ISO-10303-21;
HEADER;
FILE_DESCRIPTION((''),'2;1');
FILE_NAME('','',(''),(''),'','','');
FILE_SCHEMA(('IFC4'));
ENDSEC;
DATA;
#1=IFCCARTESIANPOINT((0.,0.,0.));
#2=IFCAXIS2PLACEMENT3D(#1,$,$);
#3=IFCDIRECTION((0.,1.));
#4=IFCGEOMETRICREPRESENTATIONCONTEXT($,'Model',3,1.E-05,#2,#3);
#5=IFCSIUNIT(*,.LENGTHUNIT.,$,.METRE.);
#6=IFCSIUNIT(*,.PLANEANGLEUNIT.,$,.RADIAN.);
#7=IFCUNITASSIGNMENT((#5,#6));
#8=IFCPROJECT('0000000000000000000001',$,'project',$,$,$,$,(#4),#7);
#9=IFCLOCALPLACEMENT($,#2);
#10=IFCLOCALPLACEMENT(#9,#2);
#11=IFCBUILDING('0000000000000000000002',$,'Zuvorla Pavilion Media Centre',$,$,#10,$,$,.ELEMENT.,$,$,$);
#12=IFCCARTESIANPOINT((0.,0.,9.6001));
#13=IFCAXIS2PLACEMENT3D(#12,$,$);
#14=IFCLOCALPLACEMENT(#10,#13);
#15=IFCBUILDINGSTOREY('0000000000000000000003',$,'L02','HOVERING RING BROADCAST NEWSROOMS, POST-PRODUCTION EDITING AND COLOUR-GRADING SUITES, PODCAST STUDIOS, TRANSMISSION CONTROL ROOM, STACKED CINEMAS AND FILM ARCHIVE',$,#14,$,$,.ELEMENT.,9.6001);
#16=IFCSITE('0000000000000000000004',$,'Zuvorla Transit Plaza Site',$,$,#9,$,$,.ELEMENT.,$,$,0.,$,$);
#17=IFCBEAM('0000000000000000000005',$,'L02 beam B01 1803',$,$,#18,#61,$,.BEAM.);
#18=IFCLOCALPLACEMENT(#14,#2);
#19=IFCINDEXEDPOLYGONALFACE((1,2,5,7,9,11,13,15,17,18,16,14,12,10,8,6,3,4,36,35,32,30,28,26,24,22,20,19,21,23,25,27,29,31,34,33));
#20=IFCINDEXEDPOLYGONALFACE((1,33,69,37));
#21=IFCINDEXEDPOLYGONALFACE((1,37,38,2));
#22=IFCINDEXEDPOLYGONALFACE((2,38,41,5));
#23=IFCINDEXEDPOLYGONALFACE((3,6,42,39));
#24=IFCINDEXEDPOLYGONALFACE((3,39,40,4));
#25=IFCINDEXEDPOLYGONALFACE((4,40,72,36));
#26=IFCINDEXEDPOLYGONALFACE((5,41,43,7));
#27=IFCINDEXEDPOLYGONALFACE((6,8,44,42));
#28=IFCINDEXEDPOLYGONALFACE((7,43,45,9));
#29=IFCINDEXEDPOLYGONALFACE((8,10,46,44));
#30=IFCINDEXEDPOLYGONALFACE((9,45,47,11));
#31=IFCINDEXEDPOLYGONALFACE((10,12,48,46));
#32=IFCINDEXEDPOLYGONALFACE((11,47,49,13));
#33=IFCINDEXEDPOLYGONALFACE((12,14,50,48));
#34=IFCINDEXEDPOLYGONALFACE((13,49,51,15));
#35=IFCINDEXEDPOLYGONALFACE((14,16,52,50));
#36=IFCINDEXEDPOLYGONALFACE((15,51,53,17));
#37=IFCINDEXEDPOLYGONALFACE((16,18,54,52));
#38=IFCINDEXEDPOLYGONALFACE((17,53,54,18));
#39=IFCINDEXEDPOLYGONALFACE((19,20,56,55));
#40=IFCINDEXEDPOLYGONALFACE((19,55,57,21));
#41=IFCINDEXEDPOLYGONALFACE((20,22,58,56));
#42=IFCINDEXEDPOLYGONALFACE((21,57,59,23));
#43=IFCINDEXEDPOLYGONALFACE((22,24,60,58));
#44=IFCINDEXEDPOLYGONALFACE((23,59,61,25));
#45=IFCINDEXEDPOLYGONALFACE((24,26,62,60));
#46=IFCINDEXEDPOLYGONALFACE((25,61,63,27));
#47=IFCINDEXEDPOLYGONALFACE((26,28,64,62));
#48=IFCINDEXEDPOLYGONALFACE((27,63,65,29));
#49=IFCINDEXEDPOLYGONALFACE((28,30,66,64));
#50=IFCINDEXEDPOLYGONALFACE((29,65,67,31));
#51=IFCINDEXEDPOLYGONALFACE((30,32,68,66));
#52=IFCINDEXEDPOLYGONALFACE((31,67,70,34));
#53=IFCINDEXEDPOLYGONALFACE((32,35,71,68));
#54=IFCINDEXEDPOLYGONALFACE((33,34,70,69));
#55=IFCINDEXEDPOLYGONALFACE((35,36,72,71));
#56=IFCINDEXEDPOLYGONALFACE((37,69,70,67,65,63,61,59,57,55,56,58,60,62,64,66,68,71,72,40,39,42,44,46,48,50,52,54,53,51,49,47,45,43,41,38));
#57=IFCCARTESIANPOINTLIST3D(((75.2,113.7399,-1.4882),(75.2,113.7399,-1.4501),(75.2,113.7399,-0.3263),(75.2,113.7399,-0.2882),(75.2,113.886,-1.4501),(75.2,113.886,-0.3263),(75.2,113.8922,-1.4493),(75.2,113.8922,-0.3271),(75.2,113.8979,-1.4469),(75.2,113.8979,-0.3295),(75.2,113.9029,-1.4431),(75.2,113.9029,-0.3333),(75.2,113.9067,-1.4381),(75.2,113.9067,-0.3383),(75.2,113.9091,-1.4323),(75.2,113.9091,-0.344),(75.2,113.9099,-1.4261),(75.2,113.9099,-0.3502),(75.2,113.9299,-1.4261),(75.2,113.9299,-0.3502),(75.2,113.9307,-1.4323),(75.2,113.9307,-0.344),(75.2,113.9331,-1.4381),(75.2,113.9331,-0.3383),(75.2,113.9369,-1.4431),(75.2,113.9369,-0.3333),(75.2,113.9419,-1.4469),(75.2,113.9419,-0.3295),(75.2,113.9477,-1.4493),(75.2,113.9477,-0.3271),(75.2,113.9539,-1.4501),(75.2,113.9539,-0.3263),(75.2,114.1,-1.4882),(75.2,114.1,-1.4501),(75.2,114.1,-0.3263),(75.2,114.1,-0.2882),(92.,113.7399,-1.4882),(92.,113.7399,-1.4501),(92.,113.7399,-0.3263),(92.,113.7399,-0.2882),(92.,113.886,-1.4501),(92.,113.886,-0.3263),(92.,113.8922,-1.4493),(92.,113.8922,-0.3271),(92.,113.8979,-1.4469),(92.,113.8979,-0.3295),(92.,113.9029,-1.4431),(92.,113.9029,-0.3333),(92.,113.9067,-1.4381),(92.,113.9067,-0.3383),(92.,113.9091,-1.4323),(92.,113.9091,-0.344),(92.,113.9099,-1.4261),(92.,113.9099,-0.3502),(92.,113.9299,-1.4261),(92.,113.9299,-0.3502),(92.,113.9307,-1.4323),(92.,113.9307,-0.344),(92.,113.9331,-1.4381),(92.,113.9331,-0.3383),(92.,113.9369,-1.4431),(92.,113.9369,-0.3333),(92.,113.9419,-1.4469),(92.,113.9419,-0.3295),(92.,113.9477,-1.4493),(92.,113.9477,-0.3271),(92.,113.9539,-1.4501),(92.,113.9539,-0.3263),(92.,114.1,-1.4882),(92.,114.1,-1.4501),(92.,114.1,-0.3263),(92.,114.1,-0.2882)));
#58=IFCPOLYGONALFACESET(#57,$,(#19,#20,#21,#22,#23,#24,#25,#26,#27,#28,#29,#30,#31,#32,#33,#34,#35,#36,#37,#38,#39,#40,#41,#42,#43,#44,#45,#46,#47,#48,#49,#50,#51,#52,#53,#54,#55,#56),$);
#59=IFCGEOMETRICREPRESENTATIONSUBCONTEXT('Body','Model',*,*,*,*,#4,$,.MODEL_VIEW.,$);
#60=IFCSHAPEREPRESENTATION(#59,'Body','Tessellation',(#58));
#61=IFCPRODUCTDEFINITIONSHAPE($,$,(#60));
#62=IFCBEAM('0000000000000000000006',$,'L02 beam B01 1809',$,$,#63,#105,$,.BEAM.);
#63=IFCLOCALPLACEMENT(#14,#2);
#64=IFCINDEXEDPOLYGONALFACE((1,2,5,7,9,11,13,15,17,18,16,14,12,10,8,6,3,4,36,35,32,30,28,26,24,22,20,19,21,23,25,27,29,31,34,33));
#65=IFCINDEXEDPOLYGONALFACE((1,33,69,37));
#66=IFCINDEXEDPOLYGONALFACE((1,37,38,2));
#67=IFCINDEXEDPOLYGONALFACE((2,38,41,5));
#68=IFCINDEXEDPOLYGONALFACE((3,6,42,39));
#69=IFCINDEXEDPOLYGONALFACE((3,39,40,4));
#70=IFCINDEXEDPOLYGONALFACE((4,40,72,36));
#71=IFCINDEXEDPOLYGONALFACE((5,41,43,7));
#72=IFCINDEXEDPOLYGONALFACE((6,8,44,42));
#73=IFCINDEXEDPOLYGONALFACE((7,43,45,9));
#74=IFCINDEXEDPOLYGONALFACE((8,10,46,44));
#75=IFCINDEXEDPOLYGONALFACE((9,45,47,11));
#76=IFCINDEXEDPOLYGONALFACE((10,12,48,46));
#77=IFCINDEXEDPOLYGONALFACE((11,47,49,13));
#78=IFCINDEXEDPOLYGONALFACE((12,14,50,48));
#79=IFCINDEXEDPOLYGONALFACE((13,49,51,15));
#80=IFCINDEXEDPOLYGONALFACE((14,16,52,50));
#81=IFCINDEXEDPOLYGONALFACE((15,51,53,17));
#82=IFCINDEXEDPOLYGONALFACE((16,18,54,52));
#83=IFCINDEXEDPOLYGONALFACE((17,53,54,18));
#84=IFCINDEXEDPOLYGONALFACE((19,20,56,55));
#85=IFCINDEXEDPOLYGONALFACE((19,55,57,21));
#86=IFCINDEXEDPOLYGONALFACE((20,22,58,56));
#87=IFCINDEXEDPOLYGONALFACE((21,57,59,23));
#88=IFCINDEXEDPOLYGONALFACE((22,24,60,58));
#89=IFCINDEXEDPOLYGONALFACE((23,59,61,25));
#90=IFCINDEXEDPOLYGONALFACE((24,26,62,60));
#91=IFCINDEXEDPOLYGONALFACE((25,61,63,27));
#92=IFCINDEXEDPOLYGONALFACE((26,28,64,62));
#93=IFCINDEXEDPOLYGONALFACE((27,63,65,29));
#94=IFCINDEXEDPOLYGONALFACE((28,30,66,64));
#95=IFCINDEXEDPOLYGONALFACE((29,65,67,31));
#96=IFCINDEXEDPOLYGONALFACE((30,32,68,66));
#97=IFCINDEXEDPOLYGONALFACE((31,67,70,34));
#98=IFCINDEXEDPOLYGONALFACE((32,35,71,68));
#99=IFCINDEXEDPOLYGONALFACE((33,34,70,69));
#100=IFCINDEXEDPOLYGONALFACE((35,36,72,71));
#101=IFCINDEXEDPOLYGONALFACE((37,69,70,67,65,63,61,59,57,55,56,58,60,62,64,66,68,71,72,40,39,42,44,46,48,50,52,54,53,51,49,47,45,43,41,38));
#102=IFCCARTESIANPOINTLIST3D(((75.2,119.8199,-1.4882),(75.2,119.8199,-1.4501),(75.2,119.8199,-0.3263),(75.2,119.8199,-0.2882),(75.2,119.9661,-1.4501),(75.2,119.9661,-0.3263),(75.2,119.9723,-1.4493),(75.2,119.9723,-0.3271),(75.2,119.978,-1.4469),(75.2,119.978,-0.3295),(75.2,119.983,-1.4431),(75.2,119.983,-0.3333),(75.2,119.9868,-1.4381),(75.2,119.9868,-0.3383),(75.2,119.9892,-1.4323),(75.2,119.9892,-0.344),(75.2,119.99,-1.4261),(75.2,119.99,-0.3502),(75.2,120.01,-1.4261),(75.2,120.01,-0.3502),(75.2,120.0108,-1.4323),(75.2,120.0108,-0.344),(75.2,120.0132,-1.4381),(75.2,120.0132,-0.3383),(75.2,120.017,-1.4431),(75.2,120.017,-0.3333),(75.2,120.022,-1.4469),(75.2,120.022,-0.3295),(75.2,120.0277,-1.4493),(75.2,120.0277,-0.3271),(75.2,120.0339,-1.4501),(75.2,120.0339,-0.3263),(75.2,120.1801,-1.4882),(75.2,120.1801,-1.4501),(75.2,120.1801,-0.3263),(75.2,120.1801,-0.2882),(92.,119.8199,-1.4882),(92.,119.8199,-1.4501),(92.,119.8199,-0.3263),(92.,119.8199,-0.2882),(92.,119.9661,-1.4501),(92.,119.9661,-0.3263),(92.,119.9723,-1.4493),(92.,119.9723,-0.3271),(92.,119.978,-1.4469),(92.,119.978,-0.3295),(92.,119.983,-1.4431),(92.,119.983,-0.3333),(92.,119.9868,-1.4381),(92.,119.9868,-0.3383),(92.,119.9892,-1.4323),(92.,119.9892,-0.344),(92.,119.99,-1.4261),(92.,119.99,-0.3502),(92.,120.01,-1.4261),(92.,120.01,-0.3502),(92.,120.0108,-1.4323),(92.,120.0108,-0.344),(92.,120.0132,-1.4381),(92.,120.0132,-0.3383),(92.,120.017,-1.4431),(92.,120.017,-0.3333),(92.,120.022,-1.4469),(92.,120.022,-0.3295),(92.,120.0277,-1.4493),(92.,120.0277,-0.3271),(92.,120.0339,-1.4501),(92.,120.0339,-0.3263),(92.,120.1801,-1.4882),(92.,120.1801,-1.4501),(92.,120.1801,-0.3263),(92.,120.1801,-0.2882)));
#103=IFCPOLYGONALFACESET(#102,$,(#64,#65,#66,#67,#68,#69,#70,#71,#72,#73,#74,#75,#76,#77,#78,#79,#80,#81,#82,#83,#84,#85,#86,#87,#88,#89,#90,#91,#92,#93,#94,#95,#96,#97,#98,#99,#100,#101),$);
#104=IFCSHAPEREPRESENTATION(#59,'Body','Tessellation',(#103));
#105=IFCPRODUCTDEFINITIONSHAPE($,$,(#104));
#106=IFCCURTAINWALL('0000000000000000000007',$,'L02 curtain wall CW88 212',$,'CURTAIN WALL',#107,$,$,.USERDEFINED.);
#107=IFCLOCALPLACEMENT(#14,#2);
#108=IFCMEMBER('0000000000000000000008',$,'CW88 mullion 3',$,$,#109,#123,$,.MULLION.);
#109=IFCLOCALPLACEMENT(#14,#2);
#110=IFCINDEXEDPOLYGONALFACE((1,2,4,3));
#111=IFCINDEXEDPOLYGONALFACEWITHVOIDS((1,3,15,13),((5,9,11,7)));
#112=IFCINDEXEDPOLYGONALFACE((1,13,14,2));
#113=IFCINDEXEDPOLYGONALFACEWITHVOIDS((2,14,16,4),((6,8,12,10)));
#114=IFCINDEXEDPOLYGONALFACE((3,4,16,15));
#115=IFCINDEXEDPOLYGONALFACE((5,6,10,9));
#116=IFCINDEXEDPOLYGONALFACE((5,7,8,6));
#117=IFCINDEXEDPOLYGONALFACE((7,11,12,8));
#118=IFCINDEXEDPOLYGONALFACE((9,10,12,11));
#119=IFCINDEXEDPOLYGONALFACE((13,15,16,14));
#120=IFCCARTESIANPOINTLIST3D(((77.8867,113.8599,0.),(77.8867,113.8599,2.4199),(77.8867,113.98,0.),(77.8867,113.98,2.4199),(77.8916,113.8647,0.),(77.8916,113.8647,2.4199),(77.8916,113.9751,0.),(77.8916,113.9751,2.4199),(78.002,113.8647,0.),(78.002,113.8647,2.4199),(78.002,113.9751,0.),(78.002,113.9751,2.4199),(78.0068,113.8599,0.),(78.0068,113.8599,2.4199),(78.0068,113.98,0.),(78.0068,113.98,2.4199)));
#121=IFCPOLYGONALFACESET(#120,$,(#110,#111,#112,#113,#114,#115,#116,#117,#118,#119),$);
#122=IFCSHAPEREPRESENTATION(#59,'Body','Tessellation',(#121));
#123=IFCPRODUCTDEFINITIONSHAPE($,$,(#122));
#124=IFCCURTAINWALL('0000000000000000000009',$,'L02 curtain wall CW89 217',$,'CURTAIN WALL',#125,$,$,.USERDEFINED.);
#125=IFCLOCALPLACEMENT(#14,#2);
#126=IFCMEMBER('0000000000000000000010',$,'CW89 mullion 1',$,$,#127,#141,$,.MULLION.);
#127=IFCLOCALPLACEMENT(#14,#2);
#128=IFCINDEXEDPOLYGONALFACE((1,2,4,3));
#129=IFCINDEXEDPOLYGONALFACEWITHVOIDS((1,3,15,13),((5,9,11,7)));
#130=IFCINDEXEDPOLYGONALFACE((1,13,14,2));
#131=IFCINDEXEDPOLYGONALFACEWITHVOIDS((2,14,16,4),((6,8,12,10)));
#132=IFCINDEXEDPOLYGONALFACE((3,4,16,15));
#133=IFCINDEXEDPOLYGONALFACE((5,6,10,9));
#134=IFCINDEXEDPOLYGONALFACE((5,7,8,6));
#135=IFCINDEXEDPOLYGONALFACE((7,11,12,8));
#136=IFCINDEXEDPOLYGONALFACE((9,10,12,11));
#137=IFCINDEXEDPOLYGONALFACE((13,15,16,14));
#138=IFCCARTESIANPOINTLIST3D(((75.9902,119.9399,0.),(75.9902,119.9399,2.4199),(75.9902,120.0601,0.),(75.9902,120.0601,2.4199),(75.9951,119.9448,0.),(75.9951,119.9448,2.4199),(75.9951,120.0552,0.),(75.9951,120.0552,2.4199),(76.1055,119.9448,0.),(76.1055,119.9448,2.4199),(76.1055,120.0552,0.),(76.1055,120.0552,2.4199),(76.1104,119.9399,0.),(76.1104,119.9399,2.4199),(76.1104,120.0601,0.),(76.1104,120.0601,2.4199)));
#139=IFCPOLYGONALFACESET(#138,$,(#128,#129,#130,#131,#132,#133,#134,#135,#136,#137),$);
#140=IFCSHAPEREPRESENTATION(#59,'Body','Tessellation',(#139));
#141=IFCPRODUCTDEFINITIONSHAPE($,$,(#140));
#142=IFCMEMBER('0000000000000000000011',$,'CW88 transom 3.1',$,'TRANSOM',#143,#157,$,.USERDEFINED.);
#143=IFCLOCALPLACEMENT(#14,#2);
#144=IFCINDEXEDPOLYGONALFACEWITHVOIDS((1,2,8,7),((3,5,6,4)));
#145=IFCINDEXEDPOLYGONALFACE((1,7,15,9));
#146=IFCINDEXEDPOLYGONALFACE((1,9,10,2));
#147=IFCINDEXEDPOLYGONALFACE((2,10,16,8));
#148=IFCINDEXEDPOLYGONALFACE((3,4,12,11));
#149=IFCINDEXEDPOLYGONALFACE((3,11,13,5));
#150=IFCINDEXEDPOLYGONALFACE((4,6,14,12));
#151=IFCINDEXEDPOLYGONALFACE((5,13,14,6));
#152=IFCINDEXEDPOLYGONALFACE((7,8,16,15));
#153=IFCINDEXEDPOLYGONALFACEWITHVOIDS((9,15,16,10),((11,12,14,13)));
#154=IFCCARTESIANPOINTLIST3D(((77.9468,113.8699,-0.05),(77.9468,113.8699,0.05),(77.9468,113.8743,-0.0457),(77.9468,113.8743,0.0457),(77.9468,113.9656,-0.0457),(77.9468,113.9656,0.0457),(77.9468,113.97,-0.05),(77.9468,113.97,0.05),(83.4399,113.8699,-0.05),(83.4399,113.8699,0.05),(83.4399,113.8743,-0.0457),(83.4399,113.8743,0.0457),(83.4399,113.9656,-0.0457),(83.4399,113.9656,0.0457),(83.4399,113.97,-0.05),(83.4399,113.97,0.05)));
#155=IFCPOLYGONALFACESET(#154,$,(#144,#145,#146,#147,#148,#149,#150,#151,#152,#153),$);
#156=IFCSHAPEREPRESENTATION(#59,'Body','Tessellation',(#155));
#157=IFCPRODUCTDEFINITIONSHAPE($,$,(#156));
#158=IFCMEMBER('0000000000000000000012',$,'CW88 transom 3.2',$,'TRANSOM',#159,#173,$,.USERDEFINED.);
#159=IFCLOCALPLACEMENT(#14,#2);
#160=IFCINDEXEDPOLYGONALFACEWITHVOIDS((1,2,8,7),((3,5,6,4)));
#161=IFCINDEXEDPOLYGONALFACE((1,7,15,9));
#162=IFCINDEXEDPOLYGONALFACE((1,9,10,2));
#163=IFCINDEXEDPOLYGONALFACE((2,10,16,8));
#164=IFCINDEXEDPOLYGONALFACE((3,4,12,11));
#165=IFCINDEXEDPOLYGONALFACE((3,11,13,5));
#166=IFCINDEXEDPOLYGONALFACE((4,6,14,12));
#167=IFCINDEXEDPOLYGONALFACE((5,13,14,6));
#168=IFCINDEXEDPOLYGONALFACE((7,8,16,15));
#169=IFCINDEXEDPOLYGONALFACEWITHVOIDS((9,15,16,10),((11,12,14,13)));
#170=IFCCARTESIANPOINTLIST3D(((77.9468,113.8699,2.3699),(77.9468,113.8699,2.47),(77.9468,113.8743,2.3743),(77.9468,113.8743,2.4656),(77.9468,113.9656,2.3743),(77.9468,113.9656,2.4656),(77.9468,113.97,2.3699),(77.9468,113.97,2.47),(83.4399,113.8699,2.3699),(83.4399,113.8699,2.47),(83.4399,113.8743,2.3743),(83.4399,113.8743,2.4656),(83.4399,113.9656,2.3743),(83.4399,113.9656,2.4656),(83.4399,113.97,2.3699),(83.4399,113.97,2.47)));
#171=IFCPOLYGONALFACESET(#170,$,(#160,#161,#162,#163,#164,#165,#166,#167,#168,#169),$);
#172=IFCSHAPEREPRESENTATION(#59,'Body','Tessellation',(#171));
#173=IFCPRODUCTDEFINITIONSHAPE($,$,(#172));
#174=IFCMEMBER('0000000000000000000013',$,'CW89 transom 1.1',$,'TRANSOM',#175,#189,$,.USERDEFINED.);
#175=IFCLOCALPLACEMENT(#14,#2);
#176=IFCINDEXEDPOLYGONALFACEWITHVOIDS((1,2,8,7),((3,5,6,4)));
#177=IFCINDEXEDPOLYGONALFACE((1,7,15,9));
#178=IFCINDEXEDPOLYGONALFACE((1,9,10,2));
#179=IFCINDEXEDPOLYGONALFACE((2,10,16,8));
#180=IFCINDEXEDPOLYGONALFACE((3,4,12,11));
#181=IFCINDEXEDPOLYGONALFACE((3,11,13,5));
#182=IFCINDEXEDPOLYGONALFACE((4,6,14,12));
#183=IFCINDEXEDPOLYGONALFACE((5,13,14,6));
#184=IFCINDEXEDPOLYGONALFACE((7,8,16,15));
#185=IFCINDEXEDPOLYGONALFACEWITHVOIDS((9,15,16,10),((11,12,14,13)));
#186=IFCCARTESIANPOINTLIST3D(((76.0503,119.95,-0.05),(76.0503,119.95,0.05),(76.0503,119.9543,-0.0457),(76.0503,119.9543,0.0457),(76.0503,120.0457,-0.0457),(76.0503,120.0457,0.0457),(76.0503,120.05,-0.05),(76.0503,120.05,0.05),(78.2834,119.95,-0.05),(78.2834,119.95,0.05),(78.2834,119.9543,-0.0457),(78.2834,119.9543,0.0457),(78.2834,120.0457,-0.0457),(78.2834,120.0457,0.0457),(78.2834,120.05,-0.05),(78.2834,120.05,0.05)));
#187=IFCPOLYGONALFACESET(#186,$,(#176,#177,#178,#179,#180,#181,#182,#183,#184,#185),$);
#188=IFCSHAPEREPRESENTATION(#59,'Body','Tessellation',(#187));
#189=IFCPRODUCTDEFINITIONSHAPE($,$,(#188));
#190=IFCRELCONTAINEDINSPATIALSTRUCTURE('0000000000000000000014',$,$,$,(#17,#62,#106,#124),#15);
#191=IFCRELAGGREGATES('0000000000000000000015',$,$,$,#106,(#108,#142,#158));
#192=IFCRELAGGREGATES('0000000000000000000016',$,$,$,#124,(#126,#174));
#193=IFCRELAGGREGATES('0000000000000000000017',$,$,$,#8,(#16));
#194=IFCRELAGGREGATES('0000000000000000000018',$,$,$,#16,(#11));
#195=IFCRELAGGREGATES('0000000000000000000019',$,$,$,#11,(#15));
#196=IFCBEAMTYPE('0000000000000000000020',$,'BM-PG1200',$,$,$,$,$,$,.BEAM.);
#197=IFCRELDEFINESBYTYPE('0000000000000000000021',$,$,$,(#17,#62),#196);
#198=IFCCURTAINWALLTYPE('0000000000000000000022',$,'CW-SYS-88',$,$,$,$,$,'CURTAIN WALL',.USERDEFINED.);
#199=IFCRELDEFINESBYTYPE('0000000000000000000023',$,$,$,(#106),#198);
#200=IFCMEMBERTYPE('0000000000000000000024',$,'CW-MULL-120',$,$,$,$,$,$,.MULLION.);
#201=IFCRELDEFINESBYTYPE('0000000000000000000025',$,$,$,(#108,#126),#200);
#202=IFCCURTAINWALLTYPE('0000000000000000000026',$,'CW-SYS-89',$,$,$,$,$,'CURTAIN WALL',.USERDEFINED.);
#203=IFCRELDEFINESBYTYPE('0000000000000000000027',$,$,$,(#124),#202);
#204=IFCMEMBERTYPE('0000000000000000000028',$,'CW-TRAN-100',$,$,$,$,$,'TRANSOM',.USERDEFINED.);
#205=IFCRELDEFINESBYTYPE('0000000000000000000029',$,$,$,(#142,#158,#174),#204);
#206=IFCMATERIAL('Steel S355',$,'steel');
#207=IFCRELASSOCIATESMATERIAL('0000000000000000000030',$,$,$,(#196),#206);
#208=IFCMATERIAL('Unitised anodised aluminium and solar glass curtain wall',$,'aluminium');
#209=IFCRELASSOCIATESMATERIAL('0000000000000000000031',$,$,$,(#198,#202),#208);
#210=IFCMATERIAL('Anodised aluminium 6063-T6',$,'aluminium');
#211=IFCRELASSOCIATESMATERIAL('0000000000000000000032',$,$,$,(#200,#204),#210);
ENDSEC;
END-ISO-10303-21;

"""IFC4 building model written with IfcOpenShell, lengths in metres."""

from ifc_helpers import new_model, si_unit, direction, frame, origin, origin_2d, place, context, subcontext, project, spatial, hollow_rectangle, i_section, extrude, material, material_profile, profile_set, type_object, element, aggregate, save


model = new_model("IFC4")

# Units and contexts
model_context = context("Model", 3, precision=1e-05, world=origin(), true_north=direction((0.0, 1.0)))
body_context = subcontext(model_context, "Body", "Model", "MODEL_VIEW")
ifc_project = project(units=[si_unit("LENGTHUNIT", "METRE"), si_unit("PLANEANGLEUNIT", "RADIAN")], contexts=[model_context])

# Site, building, storey
site_placement = place(None, origin())
site = spatial("IfcSite", under=ifc_project, at=site_placement, Name="Zuvorla Transit Plaza Site", CompositionType="ELEMENT", RefElevation=0.0)
building_placement = place(site_placement, origin())
building = spatial("IfcBuilding", under=site, at=building_placement, Name="Zuvorla Pavilion Media Centre", CompositionType="ELEMENT")
storey_placement = place(building_placement, frame((0.0, 0.0, 9.6001)))
storey = spatial("IfcBuildingStorey", under=building, at=storey_placement, Name="L02", Description="HOVERING RING BROADCAST NEWSROOMS, POST-PRODUCTION EDITING AND COLOUR-GRADING SUITES, PODCAST STUDIOS, TRANSMISSION CONTROL ROOM, STACKED CINEMAS AND FILM ARCHIVE", CompositionType="ELEMENT", Elevation=9.6001)

# Beams
ifc_material_1 = material(Name="Steel S355", Category="steel")
ifc_material_profile_1 = material_profile(ifc_material_1, i_section(OverallWidth=0.3601, OverallDepth=1.2, WebThickness=0.02, FlangeThickness=0.0381, FilletRadius=0.0239, at=origin_2d()), Name="PG 1200x360x38")
ifc_profile_set_1 = profile_set([ifc_material_profile_1], Name="Steel S355")
beam_type = type_object("IfcBeamType", Name="BM-PG1200", PredefinedType="BEAM", material=ifc_profile_set_1)
for number, where, z_axis, x_axis, name in (
    (1, (75.2, 113.9199, -0.8882), (1.0, 0.0, 0.0), (0.0, 1.0, 0.0), "L02 beam B01 1803"),
    (2, (75.2, 120.0, -0.8882), (1.0, 0.0, 0.0), (0.0, 1.0, 0.0), "L02 beam B01 1809"),
):
    element("IfcBeam", number, at=place(storey_placement, frame(where, z_axis=z_axis, x_axis=x_axis)), inside=storey, type_object=beam_type, Name=name, PredefinedType="BEAM", context=body_context, shape_type="SweptSolid", body=[
        extrude(i_section(OverallWidth=0.3601, OverallDepth=1.2, WebThickness=0.02, FlangeThickness=0.0381, FilletRadius=0.0239, at=origin_2d()), origin(), (0.0, 0.0, 1.0), 16.8),
    ])

# Curtain walls, members
ifc_material_2 = material(Name="Unitised anodised aluminium and solar glass curtain wall", Category="aluminium")
curtain_wall_type_1 = type_object("IfcCurtainWallType", Name="CW-SYS-88", ElementType="CURTAIN WALL", PredefinedType="USERDEFINED", material=ifc_material_2)
curtain_wall_1_placement = place(storey_placement, origin())
curtain_wall_1 = element("IfcCurtainWall", 3, at=curtain_wall_1_placement, inside=storey, type_object=curtain_wall_type_1, Name="L02 curtain wall CW88 212", ObjectType="CURTAIN WALL", PredefinedType="USERDEFINED")
ifc_material_3 = material(Name="Anodised aluminium 6063-T6", Category="aluminium")
ifc_material_profile_2 = material_profile(ifc_material_3, hollow_rectangle(XDim=0.1201, YDim=0.1201, WallThickness=0.0049, at=origin_2d()), Name="ALU MULL 120x120")
ifc_profile_set_2 = profile_set([ifc_material_profile_2], Name="Anodised aluminium 6063-T6")
member_type_1 = type_object("IfcMemberType", Name="CW-MULL-120", PredefinedType="MULLION", material=ifc_profile_set_2)
member_1_placement = place(storey_placement, frame((77.9468, 113.9199, 0.0), z_axis=(0.0, 0.0, 1.0), x_axis=(1.0, 0.0, 0.0)))
member_1 = element("IfcMember", 4, at=member_1_placement, type_object=member_type_1, Name="CW88 mullion 3", PredefinedType="MULLION", context=body_context, shape_type="SweptSolid", body=[
    extrude(hollow_rectangle(XDim=0.1201, YDim=0.1201, WallThickness=0.0049, at=origin_2d()), origin(), (0.0, 0.0, 1.0), 2.4199),
])
curtain_wall_type_2 = type_object("IfcCurtainWallType", Name="CW-SYS-89", ElementType="CURTAIN WALL", PredefinedType="USERDEFINED", material=ifc_material_2)
curtain_wall_2_placement = place(storey_placement, origin())
curtain_wall_2 = element("IfcCurtainWall", 5, at=curtain_wall_2_placement, inside=storey, type_object=curtain_wall_type_2, Name="L02 curtain wall CW89 217", ObjectType="CURTAIN WALL", PredefinedType="USERDEFINED")
member_2_placement = place(storey_placement, frame((76.0503, 120.0, 0.0), z_axis=(0.0, 0.0, 1.0), x_axis=(1.0, 0.0, 0.0)))
member_2 = element("IfcMember", 6, at=member_2_placement, type_object=member_type_1, Name="CW89 mullion 1", PredefinedType="MULLION", context=body_context, shape_type="SweptSolid", body=[
    extrude(hollow_rectangle(XDim=0.1201, YDim=0.1201, WallThickness=0.0049, at=origin_2d()), origin(), (0.0, 0.0, 1.0), 2.4199),
])

# Members
ifc_material_profile_3 = material_profile(ifc_material_3, hollow_rectangle(XDim=0.1001, YDim=0.1001, WallThickness=0.0044, at=origin_2d()), Name="ALU TRAN 100x100")
ifc_profile_set_3 = profile_set([ifc_material_profile_3], Name="Anodised aluminium 6063-T6")
member_type_2 = type_object("IfcMemberType", Name="CW-TRAN-100", ElementType="TRANSOM", PredefinedType="USERDEFINED", material=ifc_profile_set_3)
member_3_placement = place(storey_placement, frame((77.9468, 113.9199, 0.0), z_axis=(1.0, 0.0, 0.0), x_axis=(0.0, 1.0, 0.0)))
member_3 = element("IfcMember", 7, at=member_3_placement, type_object=member_type_2, Name="CW88 transom 3.1", ObjectType="TRANSOM", PredefinedType="USERDEFINED", context=body_context, shape_type="SweptSolid", body=[
    extrude(hollow_rectangle(XDim=0.1001, YDim=0.1001, WallThickness=0.0044, at=origin_2d()), origin(), (0.0, 0.0, 1.0), 5.4932),
])
member_4_placement = place(storey_placement, frame((77.9468, 113.9199, 2.4199), z_axis=(1.0, 0.0, 0.0), x_axis=(0.0, 1.0, 0.0)))
member_4 = element("IfcMember", 8, at=member_4_placement, type_object=member_type_2, Name="CW88 transom 3.2", ObjectType="TRANSOM", PredefinedType="USERDEFINED", context=body_context, shape_type="SweptSolid", body=[
    extrude(hollow_rectangle(XDim=0.1001, YDim=0.1001, WallThickness=0.0044, at=origin_2d()), origin(), (0.0, 0.0, 1.0), 5.4932),
])
member_5_placement = place(storey_placement, frame((76.0503, 120.0, 0.0), z_axis=(1.0, 0.0, 0.0), x_axis=(0.0, 1.0, 0.0)))
member_5 = element("IfcMember", 9, at=member_5_placement, type_object=member_type_2, Name="CW89 transom 1.1", ObjectType="TRANSOM", PredefinedType="USERDEFINED", context=body_context, shape_type="SweptSolid", body=[
    extrude(hollow_rectangle(XDim=0.1001, YDim=0.1001, WallThickness=0.0044, at=origin_2d()), origin(), (0.0, 0.0, 1.0), 2.2332),
])

aggregate(curtain_wall_1, [member_1, member_3, member_4])
aggregate(curtain_wall_2, [member_2, member_5])

save(model, "model.ifc")
